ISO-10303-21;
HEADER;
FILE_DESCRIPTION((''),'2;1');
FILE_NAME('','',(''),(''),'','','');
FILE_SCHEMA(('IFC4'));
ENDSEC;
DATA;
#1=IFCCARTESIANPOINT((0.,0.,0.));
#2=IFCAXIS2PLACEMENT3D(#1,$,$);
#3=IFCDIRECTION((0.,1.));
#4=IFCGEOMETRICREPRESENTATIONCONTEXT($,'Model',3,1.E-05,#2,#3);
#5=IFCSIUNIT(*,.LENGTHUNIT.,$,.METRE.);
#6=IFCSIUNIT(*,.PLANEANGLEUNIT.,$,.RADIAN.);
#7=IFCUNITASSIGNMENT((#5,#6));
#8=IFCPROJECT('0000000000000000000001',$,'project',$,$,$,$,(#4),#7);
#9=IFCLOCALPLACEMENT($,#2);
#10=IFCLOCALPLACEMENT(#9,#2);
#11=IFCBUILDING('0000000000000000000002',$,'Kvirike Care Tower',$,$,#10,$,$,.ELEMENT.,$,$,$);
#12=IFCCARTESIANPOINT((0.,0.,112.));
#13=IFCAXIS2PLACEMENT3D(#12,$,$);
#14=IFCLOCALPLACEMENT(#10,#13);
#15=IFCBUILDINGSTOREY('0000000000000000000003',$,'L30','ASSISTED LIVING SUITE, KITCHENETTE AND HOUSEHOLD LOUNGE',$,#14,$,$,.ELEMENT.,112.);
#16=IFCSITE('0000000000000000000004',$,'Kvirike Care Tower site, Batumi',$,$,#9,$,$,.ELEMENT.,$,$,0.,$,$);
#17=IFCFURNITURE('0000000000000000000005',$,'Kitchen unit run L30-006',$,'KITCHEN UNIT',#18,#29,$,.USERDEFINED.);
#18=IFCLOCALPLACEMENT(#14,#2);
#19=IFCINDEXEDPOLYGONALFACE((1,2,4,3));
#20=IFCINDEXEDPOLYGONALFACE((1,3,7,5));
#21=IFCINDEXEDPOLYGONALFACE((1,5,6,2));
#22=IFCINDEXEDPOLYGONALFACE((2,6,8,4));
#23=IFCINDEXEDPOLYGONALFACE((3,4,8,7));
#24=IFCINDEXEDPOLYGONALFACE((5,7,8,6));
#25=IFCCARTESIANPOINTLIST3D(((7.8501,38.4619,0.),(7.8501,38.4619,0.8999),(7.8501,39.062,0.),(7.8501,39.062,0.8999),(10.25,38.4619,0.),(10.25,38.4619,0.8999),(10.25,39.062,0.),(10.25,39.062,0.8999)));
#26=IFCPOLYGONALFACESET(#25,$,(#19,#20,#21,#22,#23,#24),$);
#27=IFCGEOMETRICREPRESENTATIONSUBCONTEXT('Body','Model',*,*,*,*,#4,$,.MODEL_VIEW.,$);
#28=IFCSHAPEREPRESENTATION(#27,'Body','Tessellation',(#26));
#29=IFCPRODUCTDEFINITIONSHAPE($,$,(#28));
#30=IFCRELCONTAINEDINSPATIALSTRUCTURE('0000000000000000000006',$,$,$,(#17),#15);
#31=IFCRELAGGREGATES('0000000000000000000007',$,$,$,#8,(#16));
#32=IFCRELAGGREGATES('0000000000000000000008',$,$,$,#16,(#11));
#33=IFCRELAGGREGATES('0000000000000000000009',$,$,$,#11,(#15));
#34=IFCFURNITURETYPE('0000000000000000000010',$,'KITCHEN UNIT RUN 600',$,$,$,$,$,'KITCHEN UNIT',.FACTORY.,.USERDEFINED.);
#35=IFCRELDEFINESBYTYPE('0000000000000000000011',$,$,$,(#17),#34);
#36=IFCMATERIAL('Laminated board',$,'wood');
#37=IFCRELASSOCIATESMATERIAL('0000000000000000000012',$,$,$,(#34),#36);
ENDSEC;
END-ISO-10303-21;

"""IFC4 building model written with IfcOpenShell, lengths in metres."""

from ifc_helpers import new_model, si_unit, direction, frame, origin, origin_2d, place, context, subcontext, project, spatial, rectangle, extrude, material, type_object, element, save


model = new_model("IFC4")

# Units and contexts
model_context = context("Model", 3, precision=1e-05, world=origin(), true_north=direction((0.0, 1.0)))
body_context = subcontext(model_context, "Body", "Model", "MODEL_VIEW")
ifc_project = project(units=[si_unit("LENGTHUNIT", "METRE"), si_unit("PLANEANGLEUNIT", "RADIAN")], contexts=[model_context])

# Site, building, storey
site_placement = place(None, origin())
site = spatial("IfcSite", under=ifc_project, at=site_placement, Name="Kvirike Care Tower site, Batumi", CompositionType="ELEMENT", RefElevation=0.0)
building_placement = place(site_placement, origin())
building = spatial("IfcBuilding", under=site, at=building_placement, Name="Kvirike Care Tower", CompositionType="ELEMENT")
storey_placement = place(building_placement, frame((0.0, 0.0, 112.0)))
storey = spatial("IfcBuildingStorey", under=building, at=storey_placement, Name="L30", Description="ASSISTED LIVING SUITE, KITCHENETTE AND HOUSEHOLD LOUNGE", CompositionType="ELEMENT", Elevation=112.0)

# Furniture
ifc_material_1 = material(Name="Laminated board", Category="wood")
furniture_type = type_object("IfcFurnitureType", Name="KITCHEN UNIT RUN 600", ElementType="KITCHEN UNIT", AssemblyPlace="FACTORY", PredefinedType="USERDEFINED", material=ifc_material_1)
furniture_placement = place(storey_placement, frame((9.05, 38.762, 0.0), z_axis=(0.0, 0.0, 1.0), x_axis=(-1.0, 0.0, 0.0)))
element("IfcFurniture", 1, at=furniture_placement, inside=storey, type_object=furniture_type, Name="Kitchen unit run L30-006", ObjectType="KITCHEN UNIT", PredefinedType="USERDEFINED", context=body_context, shape_type="SweptSolid", body=[
    extrude(rectangle(XDim=2.3999, YDim=0.6001, at=origin_2d()), origin(), (0.0, 0.0, 1.0), 0.8999),
])

save(model, "model.ifc")
